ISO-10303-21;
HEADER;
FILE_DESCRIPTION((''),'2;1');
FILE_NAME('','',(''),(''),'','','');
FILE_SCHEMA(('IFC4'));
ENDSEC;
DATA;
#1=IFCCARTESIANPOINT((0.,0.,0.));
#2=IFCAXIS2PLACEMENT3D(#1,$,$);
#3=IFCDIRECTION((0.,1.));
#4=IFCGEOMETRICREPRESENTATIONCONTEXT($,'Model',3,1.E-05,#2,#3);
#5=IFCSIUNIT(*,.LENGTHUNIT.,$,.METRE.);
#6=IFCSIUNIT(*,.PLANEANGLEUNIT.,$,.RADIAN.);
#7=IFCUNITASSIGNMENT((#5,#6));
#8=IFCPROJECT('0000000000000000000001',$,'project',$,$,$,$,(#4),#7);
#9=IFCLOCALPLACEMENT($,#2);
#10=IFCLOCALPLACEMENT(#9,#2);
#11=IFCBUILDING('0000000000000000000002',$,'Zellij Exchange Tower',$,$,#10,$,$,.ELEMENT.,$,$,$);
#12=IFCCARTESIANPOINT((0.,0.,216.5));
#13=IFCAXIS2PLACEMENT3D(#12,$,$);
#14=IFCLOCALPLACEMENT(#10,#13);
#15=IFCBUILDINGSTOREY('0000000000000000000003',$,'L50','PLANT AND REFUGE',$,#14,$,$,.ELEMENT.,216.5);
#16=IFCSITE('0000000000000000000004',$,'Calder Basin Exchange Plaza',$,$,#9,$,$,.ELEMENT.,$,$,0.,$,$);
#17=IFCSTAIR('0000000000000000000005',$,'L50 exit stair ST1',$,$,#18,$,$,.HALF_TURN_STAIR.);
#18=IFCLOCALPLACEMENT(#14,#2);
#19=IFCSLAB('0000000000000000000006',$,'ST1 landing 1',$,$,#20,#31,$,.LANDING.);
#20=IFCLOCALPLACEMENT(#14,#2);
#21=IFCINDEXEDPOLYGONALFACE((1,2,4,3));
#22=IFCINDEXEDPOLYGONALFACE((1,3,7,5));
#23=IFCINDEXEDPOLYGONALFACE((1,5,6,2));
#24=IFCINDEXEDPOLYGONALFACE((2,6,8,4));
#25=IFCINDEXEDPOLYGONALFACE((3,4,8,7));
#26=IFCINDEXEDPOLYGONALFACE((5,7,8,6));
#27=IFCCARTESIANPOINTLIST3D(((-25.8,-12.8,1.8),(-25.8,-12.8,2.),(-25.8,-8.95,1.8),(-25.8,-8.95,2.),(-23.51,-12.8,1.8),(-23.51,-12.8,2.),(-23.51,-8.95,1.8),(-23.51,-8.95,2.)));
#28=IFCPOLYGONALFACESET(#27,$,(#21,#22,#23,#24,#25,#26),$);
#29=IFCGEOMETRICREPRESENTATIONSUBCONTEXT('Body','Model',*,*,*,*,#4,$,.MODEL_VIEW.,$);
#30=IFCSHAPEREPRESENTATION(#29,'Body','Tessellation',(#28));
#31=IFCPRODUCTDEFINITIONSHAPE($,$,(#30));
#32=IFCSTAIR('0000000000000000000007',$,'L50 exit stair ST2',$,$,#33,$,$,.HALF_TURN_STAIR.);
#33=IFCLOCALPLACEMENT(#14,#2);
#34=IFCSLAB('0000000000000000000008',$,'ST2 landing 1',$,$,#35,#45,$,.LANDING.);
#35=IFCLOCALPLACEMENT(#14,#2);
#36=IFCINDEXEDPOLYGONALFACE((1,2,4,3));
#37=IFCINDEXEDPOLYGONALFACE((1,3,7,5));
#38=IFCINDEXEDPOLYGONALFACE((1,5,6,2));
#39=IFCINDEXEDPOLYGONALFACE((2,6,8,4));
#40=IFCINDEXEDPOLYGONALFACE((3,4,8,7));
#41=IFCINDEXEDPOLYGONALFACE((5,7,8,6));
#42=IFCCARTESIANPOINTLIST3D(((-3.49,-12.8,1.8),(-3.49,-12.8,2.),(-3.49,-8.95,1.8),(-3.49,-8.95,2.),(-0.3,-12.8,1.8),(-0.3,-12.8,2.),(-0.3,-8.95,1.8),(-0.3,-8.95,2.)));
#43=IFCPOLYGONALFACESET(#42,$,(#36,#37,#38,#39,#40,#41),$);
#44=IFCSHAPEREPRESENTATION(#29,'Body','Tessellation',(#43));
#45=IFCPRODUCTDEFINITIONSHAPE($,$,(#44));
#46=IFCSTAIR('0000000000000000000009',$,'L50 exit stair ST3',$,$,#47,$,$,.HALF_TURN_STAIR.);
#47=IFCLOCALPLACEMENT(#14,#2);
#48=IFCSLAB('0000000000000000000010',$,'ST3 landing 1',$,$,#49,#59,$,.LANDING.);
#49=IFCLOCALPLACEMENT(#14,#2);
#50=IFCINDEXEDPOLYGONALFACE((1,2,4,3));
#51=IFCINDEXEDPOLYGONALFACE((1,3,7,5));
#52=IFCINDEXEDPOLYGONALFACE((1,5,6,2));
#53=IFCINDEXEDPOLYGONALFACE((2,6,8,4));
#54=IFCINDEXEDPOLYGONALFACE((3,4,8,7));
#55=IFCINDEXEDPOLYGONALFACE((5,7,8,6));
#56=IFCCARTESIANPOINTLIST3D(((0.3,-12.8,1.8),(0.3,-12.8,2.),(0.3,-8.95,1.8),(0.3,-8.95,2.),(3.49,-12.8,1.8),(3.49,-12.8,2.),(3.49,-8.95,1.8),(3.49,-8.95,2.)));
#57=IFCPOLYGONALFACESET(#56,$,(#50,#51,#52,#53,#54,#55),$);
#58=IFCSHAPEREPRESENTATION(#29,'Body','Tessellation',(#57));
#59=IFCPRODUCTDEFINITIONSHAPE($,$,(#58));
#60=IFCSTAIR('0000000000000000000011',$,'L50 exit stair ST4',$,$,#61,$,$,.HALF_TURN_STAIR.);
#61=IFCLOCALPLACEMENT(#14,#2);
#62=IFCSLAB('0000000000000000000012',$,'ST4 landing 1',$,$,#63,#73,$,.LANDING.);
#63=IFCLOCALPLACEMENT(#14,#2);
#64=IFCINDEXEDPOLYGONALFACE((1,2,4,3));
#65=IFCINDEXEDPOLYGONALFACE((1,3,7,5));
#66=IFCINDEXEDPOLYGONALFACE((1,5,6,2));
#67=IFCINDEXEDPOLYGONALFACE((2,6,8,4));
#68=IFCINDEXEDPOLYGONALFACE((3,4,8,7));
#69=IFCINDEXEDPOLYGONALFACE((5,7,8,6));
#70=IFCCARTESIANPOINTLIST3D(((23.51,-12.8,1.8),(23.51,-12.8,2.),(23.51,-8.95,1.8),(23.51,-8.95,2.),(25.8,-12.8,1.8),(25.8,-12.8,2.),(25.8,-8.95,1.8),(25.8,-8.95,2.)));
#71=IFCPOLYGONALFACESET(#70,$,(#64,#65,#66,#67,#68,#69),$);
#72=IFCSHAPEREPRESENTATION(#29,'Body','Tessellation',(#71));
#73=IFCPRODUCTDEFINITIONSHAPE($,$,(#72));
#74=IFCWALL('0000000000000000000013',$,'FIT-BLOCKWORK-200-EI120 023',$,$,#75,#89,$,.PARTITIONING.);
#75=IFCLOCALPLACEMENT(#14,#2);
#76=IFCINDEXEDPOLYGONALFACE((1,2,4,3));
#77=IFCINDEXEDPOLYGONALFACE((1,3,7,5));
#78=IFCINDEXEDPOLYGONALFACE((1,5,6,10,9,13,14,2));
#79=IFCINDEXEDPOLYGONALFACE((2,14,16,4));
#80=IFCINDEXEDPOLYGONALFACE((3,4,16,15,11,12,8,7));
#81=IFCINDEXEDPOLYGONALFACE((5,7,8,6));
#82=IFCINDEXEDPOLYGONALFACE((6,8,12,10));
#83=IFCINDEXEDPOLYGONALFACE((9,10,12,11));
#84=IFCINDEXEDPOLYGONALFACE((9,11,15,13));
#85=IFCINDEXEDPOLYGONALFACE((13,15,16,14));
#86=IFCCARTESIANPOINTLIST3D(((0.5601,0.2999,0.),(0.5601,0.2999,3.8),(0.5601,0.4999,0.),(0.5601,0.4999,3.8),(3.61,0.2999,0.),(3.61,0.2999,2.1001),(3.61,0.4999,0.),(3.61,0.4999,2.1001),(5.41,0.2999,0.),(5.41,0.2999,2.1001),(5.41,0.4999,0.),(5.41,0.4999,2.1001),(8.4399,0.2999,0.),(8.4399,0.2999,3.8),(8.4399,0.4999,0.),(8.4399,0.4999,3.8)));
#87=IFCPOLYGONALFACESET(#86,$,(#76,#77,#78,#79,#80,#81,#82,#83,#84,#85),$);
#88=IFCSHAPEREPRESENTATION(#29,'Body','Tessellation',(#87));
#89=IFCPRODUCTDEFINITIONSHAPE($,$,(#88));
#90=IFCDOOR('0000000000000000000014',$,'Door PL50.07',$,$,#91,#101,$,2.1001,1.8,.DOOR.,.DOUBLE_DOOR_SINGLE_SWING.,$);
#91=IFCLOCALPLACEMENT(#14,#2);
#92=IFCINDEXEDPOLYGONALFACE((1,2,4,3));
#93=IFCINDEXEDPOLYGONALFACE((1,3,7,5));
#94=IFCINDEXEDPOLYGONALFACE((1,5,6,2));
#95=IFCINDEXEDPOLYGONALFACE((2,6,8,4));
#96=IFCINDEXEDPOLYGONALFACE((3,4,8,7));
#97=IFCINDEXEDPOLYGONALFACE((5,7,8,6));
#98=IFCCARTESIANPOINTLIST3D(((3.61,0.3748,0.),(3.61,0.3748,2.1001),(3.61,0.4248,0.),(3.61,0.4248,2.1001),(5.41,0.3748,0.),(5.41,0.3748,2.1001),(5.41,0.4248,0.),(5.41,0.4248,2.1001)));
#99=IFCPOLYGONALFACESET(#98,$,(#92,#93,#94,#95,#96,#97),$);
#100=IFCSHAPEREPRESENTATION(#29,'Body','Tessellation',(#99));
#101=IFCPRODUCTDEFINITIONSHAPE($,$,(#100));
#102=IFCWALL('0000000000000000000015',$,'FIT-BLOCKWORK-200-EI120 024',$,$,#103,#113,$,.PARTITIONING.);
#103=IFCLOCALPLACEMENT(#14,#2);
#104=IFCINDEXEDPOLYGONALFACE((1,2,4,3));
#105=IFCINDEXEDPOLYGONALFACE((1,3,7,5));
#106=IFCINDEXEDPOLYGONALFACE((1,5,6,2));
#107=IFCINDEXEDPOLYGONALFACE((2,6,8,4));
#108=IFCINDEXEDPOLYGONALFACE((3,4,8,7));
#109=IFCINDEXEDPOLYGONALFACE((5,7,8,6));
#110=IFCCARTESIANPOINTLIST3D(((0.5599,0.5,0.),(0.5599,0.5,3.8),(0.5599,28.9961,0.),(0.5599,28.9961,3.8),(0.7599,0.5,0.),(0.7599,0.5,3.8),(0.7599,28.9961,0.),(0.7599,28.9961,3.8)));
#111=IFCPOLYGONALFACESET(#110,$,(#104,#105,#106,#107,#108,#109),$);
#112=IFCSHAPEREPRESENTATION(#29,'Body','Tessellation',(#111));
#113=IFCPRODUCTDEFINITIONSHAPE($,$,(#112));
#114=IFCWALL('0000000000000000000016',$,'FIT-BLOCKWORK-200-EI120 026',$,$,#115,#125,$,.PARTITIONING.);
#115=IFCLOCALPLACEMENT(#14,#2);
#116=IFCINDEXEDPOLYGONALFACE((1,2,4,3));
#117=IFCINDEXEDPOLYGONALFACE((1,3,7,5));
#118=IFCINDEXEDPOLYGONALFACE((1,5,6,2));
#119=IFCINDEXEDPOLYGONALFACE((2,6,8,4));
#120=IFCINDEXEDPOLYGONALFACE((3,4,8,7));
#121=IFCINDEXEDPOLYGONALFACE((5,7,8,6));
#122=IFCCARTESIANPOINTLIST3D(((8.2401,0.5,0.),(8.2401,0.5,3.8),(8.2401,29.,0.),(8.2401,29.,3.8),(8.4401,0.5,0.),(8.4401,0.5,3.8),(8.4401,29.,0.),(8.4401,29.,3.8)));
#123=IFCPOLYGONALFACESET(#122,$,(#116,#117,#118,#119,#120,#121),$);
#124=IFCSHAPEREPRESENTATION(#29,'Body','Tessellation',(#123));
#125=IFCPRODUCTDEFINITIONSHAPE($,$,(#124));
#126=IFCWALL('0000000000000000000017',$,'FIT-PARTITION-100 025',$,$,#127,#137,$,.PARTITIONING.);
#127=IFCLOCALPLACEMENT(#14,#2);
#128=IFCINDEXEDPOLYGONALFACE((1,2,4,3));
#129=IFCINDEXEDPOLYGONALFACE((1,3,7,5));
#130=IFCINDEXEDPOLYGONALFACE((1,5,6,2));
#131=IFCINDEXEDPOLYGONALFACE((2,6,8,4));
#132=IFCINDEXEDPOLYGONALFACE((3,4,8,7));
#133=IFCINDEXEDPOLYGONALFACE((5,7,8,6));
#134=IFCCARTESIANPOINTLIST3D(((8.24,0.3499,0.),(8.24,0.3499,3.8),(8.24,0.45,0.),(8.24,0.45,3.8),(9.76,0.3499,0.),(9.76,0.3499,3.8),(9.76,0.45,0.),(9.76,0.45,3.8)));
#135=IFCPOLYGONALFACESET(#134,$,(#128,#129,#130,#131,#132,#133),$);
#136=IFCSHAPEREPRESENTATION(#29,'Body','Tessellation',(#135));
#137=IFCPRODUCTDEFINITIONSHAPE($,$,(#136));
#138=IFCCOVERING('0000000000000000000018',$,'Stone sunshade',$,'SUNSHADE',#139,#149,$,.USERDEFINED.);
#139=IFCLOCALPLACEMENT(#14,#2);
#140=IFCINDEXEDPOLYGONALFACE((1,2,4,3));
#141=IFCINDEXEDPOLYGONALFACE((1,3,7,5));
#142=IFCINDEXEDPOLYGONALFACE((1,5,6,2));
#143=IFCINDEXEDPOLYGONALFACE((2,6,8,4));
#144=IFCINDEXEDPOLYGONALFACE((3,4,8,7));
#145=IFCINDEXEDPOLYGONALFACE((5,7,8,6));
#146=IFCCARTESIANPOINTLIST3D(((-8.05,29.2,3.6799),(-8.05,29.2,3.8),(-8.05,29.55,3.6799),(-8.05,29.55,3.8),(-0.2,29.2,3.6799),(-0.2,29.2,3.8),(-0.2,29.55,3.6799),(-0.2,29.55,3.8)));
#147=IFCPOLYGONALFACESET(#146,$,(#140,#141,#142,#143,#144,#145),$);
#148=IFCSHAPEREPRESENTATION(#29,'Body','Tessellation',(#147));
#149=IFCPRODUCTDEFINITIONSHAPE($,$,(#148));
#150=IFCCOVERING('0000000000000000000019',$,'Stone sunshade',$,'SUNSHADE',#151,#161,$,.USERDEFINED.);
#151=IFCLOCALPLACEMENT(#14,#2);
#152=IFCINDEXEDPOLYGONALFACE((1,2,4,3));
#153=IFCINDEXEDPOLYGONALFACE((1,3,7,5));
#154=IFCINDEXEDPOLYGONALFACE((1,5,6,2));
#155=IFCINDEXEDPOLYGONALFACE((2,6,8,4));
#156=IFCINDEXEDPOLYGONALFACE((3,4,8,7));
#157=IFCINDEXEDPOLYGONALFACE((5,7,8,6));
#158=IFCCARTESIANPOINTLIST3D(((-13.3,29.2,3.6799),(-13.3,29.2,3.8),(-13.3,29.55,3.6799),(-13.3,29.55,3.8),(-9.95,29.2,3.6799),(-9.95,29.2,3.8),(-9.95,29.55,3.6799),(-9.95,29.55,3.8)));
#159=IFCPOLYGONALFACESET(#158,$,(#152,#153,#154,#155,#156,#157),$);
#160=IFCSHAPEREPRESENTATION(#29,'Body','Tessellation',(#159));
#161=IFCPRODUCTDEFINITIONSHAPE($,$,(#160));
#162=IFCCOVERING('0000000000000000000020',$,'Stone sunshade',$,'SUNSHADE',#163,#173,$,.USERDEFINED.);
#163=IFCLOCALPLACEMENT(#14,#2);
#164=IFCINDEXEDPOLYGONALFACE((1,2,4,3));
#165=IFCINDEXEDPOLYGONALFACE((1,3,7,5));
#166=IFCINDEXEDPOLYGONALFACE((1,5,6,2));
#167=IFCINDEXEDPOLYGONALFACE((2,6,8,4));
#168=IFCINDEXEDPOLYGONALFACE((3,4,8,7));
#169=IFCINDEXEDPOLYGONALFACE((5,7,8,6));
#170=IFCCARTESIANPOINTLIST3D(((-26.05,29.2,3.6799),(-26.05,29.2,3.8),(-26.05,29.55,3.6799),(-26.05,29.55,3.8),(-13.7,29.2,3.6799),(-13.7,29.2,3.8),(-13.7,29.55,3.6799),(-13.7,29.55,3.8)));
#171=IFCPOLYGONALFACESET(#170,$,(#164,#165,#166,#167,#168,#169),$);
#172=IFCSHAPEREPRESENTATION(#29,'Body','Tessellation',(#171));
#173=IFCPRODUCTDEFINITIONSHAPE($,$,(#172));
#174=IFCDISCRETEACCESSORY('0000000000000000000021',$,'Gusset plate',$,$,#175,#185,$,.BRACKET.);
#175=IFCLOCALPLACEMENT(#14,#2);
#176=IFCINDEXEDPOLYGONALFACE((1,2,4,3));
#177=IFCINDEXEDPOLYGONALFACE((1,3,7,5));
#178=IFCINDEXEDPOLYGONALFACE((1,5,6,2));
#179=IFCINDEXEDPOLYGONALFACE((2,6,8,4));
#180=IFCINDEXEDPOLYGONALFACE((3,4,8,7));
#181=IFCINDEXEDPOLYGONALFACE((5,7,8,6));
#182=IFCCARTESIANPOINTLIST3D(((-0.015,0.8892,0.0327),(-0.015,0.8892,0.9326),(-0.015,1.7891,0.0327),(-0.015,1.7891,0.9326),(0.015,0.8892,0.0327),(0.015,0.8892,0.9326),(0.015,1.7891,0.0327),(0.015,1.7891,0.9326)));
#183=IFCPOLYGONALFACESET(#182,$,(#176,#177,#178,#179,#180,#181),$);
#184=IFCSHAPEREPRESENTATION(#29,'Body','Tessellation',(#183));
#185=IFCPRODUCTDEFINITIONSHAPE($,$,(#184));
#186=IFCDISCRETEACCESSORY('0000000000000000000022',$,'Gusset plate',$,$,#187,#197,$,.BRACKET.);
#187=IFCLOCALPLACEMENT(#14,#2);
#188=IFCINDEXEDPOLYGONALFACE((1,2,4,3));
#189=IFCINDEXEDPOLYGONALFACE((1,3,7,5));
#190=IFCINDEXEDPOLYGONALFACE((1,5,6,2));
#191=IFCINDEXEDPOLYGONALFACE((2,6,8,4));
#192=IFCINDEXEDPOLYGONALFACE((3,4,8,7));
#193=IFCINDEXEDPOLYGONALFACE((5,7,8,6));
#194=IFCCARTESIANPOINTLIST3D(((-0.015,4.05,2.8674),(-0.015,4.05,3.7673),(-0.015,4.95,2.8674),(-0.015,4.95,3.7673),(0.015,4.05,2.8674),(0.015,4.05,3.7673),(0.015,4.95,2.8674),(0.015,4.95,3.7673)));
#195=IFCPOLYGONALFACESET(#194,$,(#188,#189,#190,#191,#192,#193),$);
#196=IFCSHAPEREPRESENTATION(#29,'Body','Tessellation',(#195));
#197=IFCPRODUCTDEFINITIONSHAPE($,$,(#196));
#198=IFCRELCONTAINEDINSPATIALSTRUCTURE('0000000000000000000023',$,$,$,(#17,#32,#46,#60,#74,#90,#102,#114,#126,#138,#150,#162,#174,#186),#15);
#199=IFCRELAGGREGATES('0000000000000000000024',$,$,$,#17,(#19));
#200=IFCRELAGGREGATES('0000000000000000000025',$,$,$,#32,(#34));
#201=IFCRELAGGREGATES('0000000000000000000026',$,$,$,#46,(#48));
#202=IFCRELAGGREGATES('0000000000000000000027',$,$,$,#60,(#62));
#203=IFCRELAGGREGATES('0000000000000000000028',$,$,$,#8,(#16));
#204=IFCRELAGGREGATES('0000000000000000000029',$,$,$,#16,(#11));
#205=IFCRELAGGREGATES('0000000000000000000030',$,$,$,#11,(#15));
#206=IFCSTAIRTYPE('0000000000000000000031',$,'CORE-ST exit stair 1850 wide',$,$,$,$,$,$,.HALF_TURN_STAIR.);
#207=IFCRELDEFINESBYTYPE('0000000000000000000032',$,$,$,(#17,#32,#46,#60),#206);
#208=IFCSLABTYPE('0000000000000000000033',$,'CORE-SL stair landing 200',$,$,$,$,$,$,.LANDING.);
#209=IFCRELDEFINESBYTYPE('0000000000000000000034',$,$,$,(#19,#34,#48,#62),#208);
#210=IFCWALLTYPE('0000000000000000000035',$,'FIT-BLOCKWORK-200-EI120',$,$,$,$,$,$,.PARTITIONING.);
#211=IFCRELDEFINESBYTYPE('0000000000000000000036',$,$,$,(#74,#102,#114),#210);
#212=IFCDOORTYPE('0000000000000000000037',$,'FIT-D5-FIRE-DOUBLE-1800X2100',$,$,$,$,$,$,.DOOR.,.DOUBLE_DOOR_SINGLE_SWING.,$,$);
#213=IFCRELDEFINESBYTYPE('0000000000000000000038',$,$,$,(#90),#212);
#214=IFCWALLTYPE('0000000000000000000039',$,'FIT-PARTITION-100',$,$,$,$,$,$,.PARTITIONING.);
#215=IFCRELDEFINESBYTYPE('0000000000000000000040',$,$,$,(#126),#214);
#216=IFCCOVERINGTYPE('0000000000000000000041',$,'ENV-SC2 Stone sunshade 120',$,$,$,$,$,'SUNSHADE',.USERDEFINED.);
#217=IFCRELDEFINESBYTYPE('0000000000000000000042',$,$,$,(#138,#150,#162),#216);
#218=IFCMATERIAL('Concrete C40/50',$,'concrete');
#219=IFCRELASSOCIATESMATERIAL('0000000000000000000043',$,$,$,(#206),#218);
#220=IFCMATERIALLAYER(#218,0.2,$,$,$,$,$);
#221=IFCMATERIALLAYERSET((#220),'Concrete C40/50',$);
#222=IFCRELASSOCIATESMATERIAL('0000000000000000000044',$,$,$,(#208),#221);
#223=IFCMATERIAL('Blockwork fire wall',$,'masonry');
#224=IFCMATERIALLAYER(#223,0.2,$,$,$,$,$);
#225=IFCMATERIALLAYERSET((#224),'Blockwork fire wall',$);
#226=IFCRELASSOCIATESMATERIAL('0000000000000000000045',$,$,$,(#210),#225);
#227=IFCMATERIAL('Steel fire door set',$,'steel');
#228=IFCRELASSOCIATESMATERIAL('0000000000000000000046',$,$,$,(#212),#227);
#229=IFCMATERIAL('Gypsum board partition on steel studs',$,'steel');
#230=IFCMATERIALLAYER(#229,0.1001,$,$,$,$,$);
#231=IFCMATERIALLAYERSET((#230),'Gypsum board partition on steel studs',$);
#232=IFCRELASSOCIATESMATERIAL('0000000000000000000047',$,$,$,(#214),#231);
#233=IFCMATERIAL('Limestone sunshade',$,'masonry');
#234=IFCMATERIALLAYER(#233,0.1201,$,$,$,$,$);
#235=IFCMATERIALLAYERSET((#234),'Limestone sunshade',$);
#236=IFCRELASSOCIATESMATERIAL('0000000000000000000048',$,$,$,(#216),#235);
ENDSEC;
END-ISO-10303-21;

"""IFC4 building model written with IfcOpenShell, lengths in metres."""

from ifc_helpers import new_model, si_unit, direction, frame, frame_2d, origin, origin_2d, place, context, subcontext, project, spatial, polyline, rectangle, outline, extrude, material, layer, layer_set, type_object, element, fill, aggregate, save


model = new_model("IFC4")

# Units and contexts
model_context = context("Model", 3, precision=1e-05, world=origin(), true_north=direction((0.0, 1.0)))
body_context = subcontext(model_context, "Body", "Model", "MODEL_VIEW")
ifc_project = project(units=[si_unit("LENGTHUNIT", "METRE"), si_unit("PLANEANGLEUNIT", "RADIAN")], contexts=[model_context])

# Site, building, storey
site_placement = place(None, origin())
site = spatial("IfcSite", under=ifc_project, at=site_placement, Name="Calder Basin Exchange Plaza", CompositionType="ELEMENT", RefElevation=0.0)
building_placement = place(site_placement, origin())
building = spatial("IfcBuilding", under=site, at=building_placement, Name="Zellij Exchange Tower", CompositionType="ELEMENT")
storey_placement = place(building_placement, frame((0.0, 0.0, 216.5)))
storey = spatial("IfcBuildingStorey", under=building, at=storey_placement, Name="L50", Description="PLANT AND REFUGE", CompositionType="ELEMENT", Elevation=216.5)

# Stairs, slabs
ifc_material_1 = material(Name="Concrete C40/50", Category="concrete")
stair_type = type_object("IfcStairType", Name="CORE-ST exit stair 1850 wide", PredefinedType="HALF_TURN_STAIR", material=ifc_material_1)
stair_1_placement = place(storey_placement, origin())
stair_1 = element("IfcStair", 1, at=stair_1_placement, inside=storey, type_object=stair_type, Name="L50 exit stair ST1", PredefinedType="HALF_TURN_STAIR")
ifc_layer_1 = layer(ifc_material_1, 0.2)
ifc_layer_set_1 = layer_set([ifc_layer_1], Name="Concrete C40/50")
slab_type = type_object("IfcSlabType", Name="CORE-SL stair landing 200", PredefinedType="LANDING", material=ifc_layer_set_1)
slab_1_placement = place(storey_placement, frame((0.0, 0.0, 1.8)))
slab_1 = element("IfcSlab", 2, at=slab_1_placement, type_object=slab_type, Name="ST1 landing 1", PredefinedType="LANDING", context=body_context, shape_type="SweptSolid", body=[
    extrude(outline(polyline([(-23.51, -8.95), (-25.8, -8.95), (-25.8, -12.8), (-23.51, -12.8), (-23.51, -8.95)])), origin(), (0.0, 0.0, 1.0), 0.2),
])
aggregate(stair_1, [slab_1])
stair_2_placement = place(storey_placement, origin())
stair_2 = element("IfcStair", 3, at=stair_2_placement, inside=storey, type_object=stair_type, Name="L50 exit stair ST2", PredefinedType="HALF_TURN_STAIR")
slab_2_placement = place(storey_placement, frame((0.0, 0.0, 1.8)))
slab_2 = element("IfcSlab", 4, at=slab_2_placement, type_object=slab_type, Name="ST2 landing 1", PredefinedType="LANDING", context=body_context, shape_type="SweptSolid", body=[
    extrude(outline(polyline([(-3.49, -12.8), (-0.3, -12.8), (-0.3, -8.95), (-3.49, -8.95), (-3.49, -12.8)])), origin(), (0.0, 0.0, 1.0), 0.2),
])
aggregate(stair_2, [slab_2])
stair_3_placement = place(storey_placement, origin())
stair_3 = element("IfcStair", 5, at=stair_3_placement, inside=storey, type_object=stair_type, Name="L50 exit stair ST3", PredefinedType="HALF_TURN_STAIR")
slab_3_placement = place(storey_placement, frame((0.0, 0.0, 1.8)))
slab_3 = element("IfcSlab", 6, at=slab_3_placement, type_object=slab_type, Name="ST3 landing 1", PredefinedType="LANDING", context=body_context, shape_type="SweptSolid", body=[
    extrude(outline(polyline([(3.49, -8.95), (0.3, -8.95), (0.3, -12.8), (3.49, -12.8), (3.49, -8.95)])), origin(), (0.0, 0.0, 1.0), 0.2),
])
aggregate(stair_3, [slab_3])
stair_4_placement = place(storey_placement, origin())
stair_4 = element("IfcStair", 7, at=stair_4_placement, inside=storey, type_object=stair_type, Name="L50 exit stair ST4", PredefinedType="HALF_TURN_STAIR")
slab_4_placement = place(storey_placement, frame((0.0, 0.0, 1.8)))
slab_4 = element("IfcSlab", 8, at=slab_4_placement, type_object=slab_type, Name="ST4 landing 1", PredefinedType="LANDING", context=body_context, shape_type="SweptSolid", body=[
    extrude(outline(polyline([(23.51, -12.8), (25.8, -12.8), (25.8, -8.95), (23.51, -8.95), (23.51, -12.8)])), origin(), (0.0, 0.0, 1.0), 0.2),
])
aggregate(stair_4, [slab_4])

# Wall, opening, door
ifc_material_2 = material(Name="Blockwork fire wall", Category="masonry")
ifc_layer_2 = layer(ifc_material_2, 0.2)
ifc_layer_set_2 = layer_set([ifc_layer_2], Name="Blockwork fire wall")
wall_type_1 = type_object("IfcWallType", Name="FIT-BLOCKWORK-200-EI120", PredefinedType="PARTITIONING", material=ifc_layer_set_2)
wall_1_placement = place(storey_placement, frame((0.5601, 0.3999, 0.0), z_axis=(0.0, 0.0, 1.0), x_axis=(1.0, 0.0, 0.0)))
wall_1 = element("IfcWall", 9, at=wall_1_placement, inside=storey, type_object=wall_type_1, Name="FIT-BLOCKWORK-200-EI120 023", PredefinedType="PARTITIONING", context=body_context, shape_type="SweptSolid", body=[
    extrude(rectangle(XDim=7.8799, YDim=0.2, at=frame_2d((3.9399, 0.0))), origin(), (0.0, 0.0, 1.0), 3.8),
])
opening_placement = place(wall_1_placement, frame((3.05, 0.0, 0.0)))
opening = element("IfcOpeningElement", 10, at=opening_placement, cuts=wall_1, PredefinedType="OPENING", context=body_context, shape_type="SweptSolid", body=[
    extrude(rectangle(XDim=1.8, YDim=2.1001, at=frame_2d((0.8999, 1.05))), frame((0.0, 0.1118, 0.0), z_axis=(0.0, -1.0, 0.0), x_axis=(1.0, 0.0, 0.0)), (0.0, 0.0, 1.0), 0.2239),
])
ifc_material_3 = material(Name="Steel fire door set", Category="steel")
door_type = type_object("IfcDoorType", Name="FIT-D5-FIRE-DOUBLE-1800X2100", OperationType="DOUBLE_DOOR_SINGLE_SWING", PredefinedType="DOOR", material=ifc_material_3)
door_placement = place(opening_placement, origin())
door = element("IfcDoor", 11, at=door_placement, inside=storey, type_object=door_type, Name="Door PL50.07", OperationType="DOUBLE_DOOR_SINGLE_SWING", OverallHeight=2.1001, OverallWidth=1.8, PredefinedType="DOOR", context=body_context, shape_type="SweptSolid", body=[
    extrude(rectangle(XDim=1.8, YDim=2.1001, at=frame_2d((0.8999, 1.05))), frame((0.0, 0.0249, 0.0), z_axis=(0.0, -1.0, 0.0), x_axis=(1.0, 0.0, 0.0)), (0.0, 0.0, 1.0), 0.05),
])
fill(opening, door)

# Walls
wall_2_placement = place(storey_placement, frame((0.6599, 0.5, 0.0), z_axis=(0.0, 0.0, 1.0), x_axis=(0.0, 1.0, 0.0)))
element("IfcWall", 12, at=wall_2_placement, inside=storey, type_object=wall_type_1, Name="FIT-BLOCKWORK-200-EI120 024", PredefinedType="PARTITIONING", context=body_context, shape_type="SweptSolid", body=[
    extrude(rectangle(XDim=28.4961, YDim=0.2, at=frame_2d((14.248, 0.0))), origin(), (0.0, 0.0, 1.0), 3.8),
])
wall_3_placement = place(storey_placement, frame((8.3401, 0.5, 0.0), z_axis=(0.0, 0.0, 1.0), x_axis=(0.0, 1.0, 0.0)))
element("IfcWall", 13, at=wall_3_placement, inside=storey, type_object=wall_type_1, Name="FIT-BLOCKWORK-200-EI120 026", PredefinedType="PARTITIONING", context=body_context, shape_type="SweptSolid", body=[
    extrude(rectangle(XDim=28.5, YDim=0.2, at=frame_2d((14.25, 0.0))), origin(), (0.0, 0.0, 1.0), 3.8),
])
ifc_material_4 = material(Name="Gypsum board partition on steel studs", Category="steel")
ifc_layer_3 = layer(ifc_material_4, 0.1001)
ifc_layer_set_3 = layer_set([ifc_layer_3], Name="Gypsum board partition on steel studs")
wall_type_2 = type_object("IfcWallType", Name="FIT-PARTITION-100", PredefinedType="PARTITIONING", material=ifc_layer_set_3)
wall_4_placement = place(storey_placement, frame((8.24, 0.3999, 0.0), z_axis=(0.0, 0.0, 1.0), x_axis=(1.0, 0.0, 0.0)))
element("IfcWall", 14, at=wall_4_placement, inside=storey, type_object=wall_type_2, Name="FIT-PARTITION-100 025", PredefinedType="PARTITIONING", context=body_context, shape_type="SweptSolid", body=[
    extrude(rectangle(XDim=1.52, YDim=0.1001, at=frame_2d((0.76, 0.0))), origin(), (0.0, 0.0, 1.0), 3.8),
])

# Coverings
ifc_material_5 = material(Name="Limestone sunshade", Category="masonry")
ifc_layer_4 = layer(ifc_material_5, 0.1201)
ifc_layer_set_4 = layer_set([ifc_layer_4], Name="Limestone sunshade")
covering_type = type_object("IfcCoveringType", Name="ENV-SC2 Stone sunshade 120", ElementType="SUNSHADE", PredefinedType="USERDEFINED", material=ifc_layer_set_4)
covering_1_placement = place(storey_placement, frame((0.0, 0.0, 3.6799)))
element("IfcCovering", 15, at=covering_1_placement, inside=storey, type_object=covering_type, Name="Stone sunshade", ObjectType="SUNSHADE", PredefinedType="USERDEFINED", context=body_context, shape_type="SweptSolid", body=[
    extrude(outline(polyline([(-0.2, 29.2), (-8.05, 29.2), (-8.05, 29.55), (-0.2, 29.55), (-0.2, 29.2)])), origin(), (0.0, 0.0, 1.0), 0.1201),
])
covering_2_placement = place(storey_placement, frame((0.0, 0.0, 3.6799)))
element("IfcCovering", 16, at=covering_2_placement, inside=storey, type_object=covering_type, Name="Stone sunshade", ObjectType="SUNSHADE", PredefinedType="USERDEFINED", context=body_context, shape_type="SweptSolid", body=[
    extrude(outline(polyline([(-9.95, 29.2), (-13.3, 29.2), (-13.3, 29.55), (-9.95, 29.55), (-9.95, 29.2)])), origin(), (0.0, 0.0, 1.0), 0.1201),
])
covering_3_placement = place(storey_placement, frame((0.0, 0.0, 3.6799)))
element("IfcCovering", 17, at=covering_3_placement, inside=storey, type_object=covering_type, Name="Stone sunshade", ObjectType="SUNSHADE", PredefinedType="USERDEFINED", context=body_context, shape_type="SweptSolid", body=[
    extrude(outline(polyline([(-13.7, 29.2), (-26.05, 29.2), (-26.05, 29.55), (-13.7, 29.55), (-13.7, 29.2)])), origin(), (0.0, 0.0, 1.0), 0.1201),
])

# Discrete accessories
for number, where, z_axis, x_axis, name in (
    (18, (0.0, 1.3391, 0.0327), (0.0, 0.0, 1.0), (0.0, 1.0, 0.0), "Gusset plate"),
    (19, (0.0, 4.5, 2.8674), (0.0, 0.0, 1.0), (0.0, 1.0, 0.0), "Gusset plate"),
):
    element("IfcDiscreteAccessory", number, at=place(storey_placement, frame(where, z_axis=z_axis, x_axis=x_axis)), inside=storey, Name=name, PredefinedType="BRACKET", context=body_context, shape_type="SweptSolid", body=[
        extrude(rectangle(XDim=0.8999, YDim=0.03, at=origin_2d()), origin(), (0.0, 0.0, 1.0), 0.8999),
    ])

save(model, "model.ifc")
